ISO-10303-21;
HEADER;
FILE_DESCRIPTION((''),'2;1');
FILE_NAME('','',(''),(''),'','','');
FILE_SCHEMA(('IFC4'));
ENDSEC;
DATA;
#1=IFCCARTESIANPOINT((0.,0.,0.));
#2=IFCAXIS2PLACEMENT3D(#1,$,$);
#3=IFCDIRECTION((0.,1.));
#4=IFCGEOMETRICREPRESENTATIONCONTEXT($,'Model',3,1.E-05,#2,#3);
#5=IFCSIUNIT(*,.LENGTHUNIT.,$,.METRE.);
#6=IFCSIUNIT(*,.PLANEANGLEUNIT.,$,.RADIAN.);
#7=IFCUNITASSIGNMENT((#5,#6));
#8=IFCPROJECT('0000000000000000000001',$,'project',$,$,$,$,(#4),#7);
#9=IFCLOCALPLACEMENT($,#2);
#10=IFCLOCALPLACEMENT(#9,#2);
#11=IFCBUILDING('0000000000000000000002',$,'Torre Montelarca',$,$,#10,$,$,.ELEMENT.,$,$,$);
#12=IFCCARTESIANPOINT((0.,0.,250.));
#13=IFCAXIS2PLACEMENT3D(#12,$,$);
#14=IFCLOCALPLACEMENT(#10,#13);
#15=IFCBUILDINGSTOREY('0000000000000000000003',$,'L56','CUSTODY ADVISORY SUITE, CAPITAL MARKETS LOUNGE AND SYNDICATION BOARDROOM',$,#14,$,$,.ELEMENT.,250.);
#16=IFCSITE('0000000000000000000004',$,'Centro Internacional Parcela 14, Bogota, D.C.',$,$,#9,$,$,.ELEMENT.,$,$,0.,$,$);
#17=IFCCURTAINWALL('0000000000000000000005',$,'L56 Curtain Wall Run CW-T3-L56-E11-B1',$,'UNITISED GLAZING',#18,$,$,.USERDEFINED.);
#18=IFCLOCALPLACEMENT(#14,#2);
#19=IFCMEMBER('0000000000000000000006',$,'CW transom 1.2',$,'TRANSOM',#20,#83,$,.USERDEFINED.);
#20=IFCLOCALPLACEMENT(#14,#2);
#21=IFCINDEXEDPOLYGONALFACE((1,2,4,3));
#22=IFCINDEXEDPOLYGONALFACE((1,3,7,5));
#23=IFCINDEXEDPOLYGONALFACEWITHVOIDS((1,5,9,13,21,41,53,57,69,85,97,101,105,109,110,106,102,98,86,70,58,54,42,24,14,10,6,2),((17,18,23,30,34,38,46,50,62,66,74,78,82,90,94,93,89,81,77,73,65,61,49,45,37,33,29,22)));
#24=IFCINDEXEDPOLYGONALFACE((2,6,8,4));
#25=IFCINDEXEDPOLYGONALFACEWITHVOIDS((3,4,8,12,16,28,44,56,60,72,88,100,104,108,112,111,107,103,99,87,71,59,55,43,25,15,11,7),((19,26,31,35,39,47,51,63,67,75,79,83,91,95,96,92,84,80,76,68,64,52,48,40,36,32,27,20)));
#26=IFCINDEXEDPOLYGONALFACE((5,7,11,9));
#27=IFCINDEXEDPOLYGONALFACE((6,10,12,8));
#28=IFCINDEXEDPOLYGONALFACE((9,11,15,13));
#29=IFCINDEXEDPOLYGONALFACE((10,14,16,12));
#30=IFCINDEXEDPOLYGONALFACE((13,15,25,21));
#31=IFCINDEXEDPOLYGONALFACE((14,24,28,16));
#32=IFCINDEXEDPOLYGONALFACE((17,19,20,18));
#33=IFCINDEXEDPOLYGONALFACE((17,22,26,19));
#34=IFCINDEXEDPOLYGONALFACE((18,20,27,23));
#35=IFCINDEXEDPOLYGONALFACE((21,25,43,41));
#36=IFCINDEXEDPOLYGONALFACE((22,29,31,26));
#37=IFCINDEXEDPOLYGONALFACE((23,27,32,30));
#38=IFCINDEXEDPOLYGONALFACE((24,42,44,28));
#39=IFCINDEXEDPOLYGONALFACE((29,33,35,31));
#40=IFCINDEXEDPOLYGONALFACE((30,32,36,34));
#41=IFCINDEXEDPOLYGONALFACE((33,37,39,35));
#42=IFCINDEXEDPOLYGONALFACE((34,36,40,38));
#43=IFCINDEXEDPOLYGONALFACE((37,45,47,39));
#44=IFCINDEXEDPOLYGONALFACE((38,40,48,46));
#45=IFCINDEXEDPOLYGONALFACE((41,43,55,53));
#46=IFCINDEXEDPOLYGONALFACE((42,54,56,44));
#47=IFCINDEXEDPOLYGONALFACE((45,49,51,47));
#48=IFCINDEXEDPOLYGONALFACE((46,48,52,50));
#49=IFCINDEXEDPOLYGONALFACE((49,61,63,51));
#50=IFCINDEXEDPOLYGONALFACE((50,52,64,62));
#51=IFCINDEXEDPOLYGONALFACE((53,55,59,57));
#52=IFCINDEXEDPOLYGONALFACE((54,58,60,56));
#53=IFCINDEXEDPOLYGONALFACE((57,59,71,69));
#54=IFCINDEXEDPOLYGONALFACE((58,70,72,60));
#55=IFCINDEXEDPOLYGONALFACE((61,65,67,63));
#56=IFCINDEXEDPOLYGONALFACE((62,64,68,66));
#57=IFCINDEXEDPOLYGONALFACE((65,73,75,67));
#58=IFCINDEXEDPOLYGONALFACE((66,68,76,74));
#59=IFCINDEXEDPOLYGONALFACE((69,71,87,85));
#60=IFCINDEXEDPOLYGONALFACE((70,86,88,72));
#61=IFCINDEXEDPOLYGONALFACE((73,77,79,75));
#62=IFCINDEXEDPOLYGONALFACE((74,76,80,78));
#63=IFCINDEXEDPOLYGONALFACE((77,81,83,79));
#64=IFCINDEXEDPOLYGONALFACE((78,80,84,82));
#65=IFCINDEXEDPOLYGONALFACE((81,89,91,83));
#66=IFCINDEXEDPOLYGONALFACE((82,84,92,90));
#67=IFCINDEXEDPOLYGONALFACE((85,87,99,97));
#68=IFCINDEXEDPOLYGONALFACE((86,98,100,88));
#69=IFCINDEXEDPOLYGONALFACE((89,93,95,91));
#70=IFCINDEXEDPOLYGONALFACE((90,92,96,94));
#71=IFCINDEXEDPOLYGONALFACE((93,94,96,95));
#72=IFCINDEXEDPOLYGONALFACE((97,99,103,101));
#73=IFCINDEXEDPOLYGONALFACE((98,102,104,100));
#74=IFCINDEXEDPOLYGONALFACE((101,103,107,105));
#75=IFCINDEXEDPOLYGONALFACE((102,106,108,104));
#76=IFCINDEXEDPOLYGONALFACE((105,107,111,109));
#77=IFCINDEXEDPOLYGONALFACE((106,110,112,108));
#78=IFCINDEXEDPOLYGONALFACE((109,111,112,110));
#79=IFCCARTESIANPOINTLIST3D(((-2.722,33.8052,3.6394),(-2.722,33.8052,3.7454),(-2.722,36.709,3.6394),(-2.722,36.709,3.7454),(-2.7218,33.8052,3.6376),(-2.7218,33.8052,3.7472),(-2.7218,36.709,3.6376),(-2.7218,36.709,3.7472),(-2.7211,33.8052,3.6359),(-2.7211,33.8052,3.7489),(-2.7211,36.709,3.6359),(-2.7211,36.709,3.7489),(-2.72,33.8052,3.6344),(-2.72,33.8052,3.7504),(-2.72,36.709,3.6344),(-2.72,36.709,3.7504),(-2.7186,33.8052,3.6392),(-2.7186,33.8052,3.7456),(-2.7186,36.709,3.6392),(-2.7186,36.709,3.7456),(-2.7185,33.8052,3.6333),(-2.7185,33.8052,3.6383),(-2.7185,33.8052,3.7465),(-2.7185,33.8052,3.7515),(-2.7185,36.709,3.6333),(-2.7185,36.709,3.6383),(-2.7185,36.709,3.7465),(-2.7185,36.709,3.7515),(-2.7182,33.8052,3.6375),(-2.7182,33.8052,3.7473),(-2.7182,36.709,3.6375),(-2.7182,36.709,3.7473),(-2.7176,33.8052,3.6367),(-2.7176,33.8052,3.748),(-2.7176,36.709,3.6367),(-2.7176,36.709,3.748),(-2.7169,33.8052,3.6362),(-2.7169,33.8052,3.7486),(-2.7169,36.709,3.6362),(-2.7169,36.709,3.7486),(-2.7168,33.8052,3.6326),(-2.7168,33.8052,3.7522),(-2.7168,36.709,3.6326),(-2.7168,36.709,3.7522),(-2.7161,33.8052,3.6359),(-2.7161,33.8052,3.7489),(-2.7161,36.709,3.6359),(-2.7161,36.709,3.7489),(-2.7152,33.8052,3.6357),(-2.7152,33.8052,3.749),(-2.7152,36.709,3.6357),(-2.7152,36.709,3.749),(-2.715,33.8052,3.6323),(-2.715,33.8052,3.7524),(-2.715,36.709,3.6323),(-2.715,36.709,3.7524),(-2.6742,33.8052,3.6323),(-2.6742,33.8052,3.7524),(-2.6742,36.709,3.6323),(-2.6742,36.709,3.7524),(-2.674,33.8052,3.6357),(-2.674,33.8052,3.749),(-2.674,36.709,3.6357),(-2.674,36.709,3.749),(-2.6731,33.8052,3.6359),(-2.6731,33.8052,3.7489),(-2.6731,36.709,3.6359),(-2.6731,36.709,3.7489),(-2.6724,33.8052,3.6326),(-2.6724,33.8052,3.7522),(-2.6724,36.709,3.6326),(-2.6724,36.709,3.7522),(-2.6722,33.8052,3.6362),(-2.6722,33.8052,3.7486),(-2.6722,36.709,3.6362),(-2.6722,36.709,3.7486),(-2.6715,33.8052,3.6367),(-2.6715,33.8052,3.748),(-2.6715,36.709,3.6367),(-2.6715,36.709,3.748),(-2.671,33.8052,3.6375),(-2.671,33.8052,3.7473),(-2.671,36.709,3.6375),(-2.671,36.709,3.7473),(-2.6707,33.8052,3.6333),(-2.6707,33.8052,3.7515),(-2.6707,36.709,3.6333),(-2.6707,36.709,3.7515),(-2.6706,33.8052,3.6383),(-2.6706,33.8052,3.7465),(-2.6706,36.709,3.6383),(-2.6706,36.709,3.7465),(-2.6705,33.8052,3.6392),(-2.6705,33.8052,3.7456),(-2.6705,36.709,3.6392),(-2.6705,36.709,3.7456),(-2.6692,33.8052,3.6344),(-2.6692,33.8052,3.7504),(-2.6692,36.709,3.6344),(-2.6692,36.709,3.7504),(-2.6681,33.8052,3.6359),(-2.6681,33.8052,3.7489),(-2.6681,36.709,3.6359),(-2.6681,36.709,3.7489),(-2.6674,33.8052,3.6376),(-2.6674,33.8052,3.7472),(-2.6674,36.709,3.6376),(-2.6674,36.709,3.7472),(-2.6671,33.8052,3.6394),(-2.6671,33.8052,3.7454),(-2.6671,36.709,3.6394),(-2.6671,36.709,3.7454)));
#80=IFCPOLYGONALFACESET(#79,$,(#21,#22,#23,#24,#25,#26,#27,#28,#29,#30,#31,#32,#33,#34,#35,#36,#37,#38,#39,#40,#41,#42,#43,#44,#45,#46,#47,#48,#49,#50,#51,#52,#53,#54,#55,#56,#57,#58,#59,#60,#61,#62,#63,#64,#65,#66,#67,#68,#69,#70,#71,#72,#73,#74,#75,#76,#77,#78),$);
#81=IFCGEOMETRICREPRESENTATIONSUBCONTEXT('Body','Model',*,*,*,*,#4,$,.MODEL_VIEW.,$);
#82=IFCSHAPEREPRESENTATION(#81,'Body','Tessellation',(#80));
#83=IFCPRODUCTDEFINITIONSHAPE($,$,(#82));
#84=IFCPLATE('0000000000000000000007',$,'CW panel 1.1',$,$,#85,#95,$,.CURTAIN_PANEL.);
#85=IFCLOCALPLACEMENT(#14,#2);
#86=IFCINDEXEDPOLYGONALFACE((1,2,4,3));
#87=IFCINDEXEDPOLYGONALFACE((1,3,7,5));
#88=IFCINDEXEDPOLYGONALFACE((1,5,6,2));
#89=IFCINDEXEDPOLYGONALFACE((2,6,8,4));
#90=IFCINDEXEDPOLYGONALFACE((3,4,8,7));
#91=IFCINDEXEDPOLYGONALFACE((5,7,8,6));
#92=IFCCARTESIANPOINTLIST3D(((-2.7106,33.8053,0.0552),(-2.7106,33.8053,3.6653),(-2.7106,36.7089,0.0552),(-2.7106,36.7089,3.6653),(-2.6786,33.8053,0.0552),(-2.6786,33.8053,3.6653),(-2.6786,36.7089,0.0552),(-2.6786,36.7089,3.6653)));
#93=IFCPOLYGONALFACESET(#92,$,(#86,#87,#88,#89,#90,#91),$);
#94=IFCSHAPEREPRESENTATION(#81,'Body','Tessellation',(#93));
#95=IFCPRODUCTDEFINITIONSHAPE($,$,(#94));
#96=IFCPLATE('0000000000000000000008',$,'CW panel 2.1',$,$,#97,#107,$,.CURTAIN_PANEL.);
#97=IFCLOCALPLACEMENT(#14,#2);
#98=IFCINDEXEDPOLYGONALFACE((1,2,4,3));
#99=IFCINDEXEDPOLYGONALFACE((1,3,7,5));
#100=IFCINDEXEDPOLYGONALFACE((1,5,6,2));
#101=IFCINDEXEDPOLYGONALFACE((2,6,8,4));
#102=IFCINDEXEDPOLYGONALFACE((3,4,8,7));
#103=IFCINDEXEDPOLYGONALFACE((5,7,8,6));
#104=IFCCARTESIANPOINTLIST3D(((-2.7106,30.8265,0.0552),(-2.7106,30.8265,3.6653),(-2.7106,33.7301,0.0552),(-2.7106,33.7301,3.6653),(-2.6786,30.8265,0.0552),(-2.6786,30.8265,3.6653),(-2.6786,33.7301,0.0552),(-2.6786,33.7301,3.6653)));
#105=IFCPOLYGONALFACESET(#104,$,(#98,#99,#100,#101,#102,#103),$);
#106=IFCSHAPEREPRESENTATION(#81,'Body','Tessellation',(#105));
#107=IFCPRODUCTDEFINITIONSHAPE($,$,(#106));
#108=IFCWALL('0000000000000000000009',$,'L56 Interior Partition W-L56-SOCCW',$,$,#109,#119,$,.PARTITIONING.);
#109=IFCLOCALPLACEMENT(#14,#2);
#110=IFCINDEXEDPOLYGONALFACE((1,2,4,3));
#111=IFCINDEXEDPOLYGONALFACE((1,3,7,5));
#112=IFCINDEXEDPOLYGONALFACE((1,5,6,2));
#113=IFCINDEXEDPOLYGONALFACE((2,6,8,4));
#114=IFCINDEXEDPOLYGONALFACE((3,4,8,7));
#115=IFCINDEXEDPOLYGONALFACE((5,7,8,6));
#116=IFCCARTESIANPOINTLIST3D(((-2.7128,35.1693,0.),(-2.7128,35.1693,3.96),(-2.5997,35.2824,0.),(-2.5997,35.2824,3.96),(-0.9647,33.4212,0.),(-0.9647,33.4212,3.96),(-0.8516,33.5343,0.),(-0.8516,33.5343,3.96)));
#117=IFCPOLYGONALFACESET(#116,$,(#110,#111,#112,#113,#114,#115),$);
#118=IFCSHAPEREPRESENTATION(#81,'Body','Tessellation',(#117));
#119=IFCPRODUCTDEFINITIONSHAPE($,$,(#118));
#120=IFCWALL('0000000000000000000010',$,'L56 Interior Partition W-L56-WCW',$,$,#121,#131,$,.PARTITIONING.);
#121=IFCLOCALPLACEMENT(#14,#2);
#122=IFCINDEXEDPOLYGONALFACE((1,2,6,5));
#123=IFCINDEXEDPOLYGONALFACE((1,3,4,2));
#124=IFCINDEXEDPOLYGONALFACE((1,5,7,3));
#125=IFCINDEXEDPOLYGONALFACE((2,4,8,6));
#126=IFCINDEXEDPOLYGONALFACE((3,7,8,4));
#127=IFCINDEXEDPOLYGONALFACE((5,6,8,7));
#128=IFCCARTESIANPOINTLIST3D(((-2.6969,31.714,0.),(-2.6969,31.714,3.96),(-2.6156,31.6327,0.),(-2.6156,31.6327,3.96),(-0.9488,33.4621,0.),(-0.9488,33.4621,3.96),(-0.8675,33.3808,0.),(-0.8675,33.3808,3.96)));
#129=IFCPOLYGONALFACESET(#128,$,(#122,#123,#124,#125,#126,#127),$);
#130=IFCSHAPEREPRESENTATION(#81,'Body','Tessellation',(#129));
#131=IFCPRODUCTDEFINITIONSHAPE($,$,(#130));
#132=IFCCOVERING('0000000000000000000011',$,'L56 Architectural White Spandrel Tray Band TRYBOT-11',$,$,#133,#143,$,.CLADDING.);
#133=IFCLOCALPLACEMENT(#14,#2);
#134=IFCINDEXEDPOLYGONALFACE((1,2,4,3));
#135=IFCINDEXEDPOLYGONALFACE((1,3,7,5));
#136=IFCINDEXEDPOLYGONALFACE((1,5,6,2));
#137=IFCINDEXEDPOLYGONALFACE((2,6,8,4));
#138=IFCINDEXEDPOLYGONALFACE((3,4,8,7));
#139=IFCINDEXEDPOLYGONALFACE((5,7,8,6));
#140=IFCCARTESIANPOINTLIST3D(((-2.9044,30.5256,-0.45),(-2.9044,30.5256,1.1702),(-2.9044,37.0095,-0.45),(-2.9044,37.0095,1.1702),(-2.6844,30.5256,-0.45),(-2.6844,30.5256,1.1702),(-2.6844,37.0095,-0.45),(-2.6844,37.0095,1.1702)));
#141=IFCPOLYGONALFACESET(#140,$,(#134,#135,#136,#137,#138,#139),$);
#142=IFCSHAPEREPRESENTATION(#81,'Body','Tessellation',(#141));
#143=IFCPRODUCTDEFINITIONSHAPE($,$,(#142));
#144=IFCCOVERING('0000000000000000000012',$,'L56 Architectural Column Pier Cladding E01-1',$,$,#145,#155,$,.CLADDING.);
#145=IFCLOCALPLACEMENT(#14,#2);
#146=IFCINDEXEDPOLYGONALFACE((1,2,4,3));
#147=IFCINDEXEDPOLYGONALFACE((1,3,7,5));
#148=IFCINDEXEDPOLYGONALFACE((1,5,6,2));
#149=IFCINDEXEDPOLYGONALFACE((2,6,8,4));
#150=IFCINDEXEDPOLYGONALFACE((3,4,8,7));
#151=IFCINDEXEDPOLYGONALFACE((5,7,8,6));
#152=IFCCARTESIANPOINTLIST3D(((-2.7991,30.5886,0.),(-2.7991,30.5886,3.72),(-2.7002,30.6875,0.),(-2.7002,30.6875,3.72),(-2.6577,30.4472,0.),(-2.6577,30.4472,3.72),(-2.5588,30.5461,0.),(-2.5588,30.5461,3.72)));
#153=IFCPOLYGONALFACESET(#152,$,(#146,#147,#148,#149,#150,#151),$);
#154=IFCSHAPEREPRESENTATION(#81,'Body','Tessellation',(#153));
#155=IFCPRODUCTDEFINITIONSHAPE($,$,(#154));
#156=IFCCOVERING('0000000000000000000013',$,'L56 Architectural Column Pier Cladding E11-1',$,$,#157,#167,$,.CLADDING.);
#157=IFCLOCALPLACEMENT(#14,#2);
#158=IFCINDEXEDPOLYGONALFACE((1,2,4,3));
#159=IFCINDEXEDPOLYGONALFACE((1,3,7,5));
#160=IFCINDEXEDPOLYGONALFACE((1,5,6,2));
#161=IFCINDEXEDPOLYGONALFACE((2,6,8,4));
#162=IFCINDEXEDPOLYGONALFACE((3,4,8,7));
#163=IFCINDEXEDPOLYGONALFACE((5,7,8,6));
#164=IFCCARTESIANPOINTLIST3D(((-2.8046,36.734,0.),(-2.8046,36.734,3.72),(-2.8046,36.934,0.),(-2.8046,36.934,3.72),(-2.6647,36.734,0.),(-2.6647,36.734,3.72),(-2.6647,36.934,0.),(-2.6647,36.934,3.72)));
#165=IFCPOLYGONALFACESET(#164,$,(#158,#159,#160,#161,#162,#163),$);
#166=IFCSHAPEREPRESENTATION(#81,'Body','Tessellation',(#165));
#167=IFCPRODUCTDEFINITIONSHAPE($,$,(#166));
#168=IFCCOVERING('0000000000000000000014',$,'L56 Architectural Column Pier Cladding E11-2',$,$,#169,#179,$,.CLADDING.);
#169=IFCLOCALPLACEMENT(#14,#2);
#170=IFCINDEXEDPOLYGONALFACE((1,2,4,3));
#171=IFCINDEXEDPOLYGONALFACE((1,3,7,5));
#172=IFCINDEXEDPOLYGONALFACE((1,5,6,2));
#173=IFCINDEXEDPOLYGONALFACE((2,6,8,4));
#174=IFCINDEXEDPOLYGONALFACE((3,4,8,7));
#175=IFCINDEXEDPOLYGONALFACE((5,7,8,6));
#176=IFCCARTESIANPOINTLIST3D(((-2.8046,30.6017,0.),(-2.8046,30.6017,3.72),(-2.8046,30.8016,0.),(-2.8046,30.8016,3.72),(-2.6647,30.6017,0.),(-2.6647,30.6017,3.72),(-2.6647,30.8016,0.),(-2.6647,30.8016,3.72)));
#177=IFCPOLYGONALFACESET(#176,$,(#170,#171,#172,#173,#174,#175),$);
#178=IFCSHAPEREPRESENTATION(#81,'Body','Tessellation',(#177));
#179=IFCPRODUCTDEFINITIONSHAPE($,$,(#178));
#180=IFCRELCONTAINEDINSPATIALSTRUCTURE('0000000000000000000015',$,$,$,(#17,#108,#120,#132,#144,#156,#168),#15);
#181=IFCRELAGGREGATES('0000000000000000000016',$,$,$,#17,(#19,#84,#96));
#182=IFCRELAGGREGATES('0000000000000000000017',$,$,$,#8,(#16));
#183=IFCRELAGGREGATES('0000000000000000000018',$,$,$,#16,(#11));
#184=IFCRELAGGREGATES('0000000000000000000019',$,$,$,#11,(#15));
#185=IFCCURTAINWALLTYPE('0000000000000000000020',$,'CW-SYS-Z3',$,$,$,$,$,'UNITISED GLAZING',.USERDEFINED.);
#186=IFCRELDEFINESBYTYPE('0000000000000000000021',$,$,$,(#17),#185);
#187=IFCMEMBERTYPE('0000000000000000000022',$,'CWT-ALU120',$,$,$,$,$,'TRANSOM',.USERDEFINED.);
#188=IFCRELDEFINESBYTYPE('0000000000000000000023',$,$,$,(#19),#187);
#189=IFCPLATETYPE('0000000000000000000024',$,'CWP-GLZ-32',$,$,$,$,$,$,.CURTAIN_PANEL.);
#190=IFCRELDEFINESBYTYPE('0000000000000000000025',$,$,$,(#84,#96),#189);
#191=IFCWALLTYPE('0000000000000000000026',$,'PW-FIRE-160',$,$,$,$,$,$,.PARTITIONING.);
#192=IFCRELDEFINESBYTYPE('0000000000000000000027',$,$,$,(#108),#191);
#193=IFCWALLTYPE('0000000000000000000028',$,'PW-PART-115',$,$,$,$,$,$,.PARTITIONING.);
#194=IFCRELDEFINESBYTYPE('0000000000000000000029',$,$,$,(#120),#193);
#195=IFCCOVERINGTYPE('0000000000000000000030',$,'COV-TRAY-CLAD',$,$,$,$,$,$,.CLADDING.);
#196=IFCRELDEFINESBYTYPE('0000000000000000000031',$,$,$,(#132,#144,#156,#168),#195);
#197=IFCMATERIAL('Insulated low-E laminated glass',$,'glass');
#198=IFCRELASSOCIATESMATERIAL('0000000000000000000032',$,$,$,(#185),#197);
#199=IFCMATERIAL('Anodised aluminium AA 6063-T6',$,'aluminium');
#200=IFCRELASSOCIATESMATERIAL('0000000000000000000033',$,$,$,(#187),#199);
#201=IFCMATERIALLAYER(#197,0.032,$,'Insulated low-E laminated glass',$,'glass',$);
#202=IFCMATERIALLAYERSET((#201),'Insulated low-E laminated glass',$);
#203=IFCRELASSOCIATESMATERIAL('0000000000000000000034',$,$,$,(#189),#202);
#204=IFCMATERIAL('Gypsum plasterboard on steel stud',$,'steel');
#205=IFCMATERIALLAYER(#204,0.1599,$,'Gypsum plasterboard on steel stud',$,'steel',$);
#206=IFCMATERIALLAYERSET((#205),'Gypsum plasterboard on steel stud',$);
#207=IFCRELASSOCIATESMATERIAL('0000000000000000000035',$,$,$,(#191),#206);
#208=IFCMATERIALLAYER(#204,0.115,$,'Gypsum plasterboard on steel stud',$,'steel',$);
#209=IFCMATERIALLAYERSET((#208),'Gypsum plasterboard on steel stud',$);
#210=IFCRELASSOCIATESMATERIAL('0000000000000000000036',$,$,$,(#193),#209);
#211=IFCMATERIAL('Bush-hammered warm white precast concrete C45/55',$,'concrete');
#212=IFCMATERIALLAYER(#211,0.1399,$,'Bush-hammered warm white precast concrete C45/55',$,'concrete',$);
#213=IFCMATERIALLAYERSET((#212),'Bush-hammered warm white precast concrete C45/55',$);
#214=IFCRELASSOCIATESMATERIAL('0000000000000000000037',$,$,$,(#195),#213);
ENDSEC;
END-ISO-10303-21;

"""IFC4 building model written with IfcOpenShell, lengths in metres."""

from ifc_helpers import new_model, si_unit, direction, frame, frame_2d, origin, origin_2d, place, context, subcontext, project, spatial, rectangle, hollow_rectangle, extrude, source, transform, mapped, material, layer, layer_set, material_profile, profile_set, type_object, element, aggregate, save


model = new_model("IFC4")

# Units and contexts
model_context = context("Model", 3, precision=1e-05, world=origin(), true_north=direction((0.0, 1.0)))
body_context = subcontext(model_context, "Body", "Model", "MODEL_VIEW")
ifc_project = project(units=[si_unit("LENGTHUNIT", "METRE"), si_unit("PLANEANGLEUNIT", "RADIAN")], contexts=[model_context])

# Site, building, storey
site_placement = place(None, origin())
site = spatial("IfcSite", under=ifc_project, at=site_placement, Name="Centro Internacional Parcela 14, Bogota, D.C.", CompositionType="ELEMENT", RefElevation=0.0)
building_placement = place(site_placement, origin())
building = spatial("IfcBuilding", under=site, at=building_placement, Name="Torre Montelarca", CompositionType="ELEMENT")
storey_placement = place(building_placement, frame((0.0, 0.0, 250.0)))
storey = spatial("IfcBuildingStorey", under=building, at=storey_placement, Name="L56", Description="CUSTODY ADVISORY SUITE, CAPITAL MARKETS LOUNGE AND SYNDICATION BOARDROOM", CompositionType="ELEMENT", Elevation=250.0)

# Curtain wall, member, plates
ifc_material_1 = material(Name="Insulated low-E laminated glass", Category="glass")
curtain_wall_type = type_object("IfcCurtainWallType", Name="CW-SYS-Z3", ElementType="UNITISED GLAZING", PredefinedType="USERDEFINED", material=ifc_material_1)
curtain_wall_placement = place(storey_placement, origin())
curtain_wall = element("IfcCurtainWall", 1, at=curtain_wall_placement, inside=storey, type_object=curtain_wall_type, Name="L56 Curtain Wall Run CW-T3-L56-E11-B1", ObjectType="UNITISED GLAZING", PredefinedType="USERDEFINED")
ifc_material_2 = material(Name="Anodised aluminium AA 6063-T6", Category="aluminium")
ifc_material_profile_1 = material_profile(ifc_material_2, hollow_rectangle(XDim=0.0549, YDim=0.1201, WallThickness=0.0034, InnerFilletRadius=0.0034, OuterFilletRadius=0.0071, at=origin_2d()), Name="ALU55X120X3.5", Category="aluminium")
ifc_profile_set_1 = profile_set([ifc_material_profile_1], Name="Anodised aluminium AA 6063-T6")
member_type_1 = type_object("IfcMemberType", Name="CWT-ALU120", ElementType="TRANSOM", PredefinedType="USERDEFINED", material=ifc_profile_set_1)
shared_shape_1 = source(origin(), body_context, "Body", "SweptSolid", [
    extrude(hollow_rectangle(XDim=0.0549, YDim=0.1201, WallThickness=0.0034, InnerFilletRadius=0.0034, OuterFilletRadius=0.0071, at=origin_2d()), origin(), (0.0, 0.0, 1.0), 2.9038),
])
member_1_placement = place(storey_placement, frame((-2.6946, 36.709, 3.6924), z_axis=(0.0, -1.0, 0.0), x_axis=(1.0, 0.0, 0.0)))
member_1 = element("IfcMember", 2, at=member_1_placement, type_object=member_type_1, Name="CW transom 1.2", ObjectType="TRANSOM", PredefinedType="USERDEFINED", context=body_context, shape_type="MappedRepresentation", body=[
    mapped(shared_shape_1, transform((0.0, 0.0, 0.0), scale=1.0)),
])
ifc_layer_1 = layer(ifc_material_1, 0.032, Name="Insulated low-E laminated glass", Category="glass")
ifc_layer_set_1 = layer_set([ifc_layer_1], Name="Insulated low-E laminated glass")
plate_type = type_object("IfcPlateType", Name="CWP-GLZ-32", PredefinedType="CURTAIN_PANEL", material=ifc_layer_set_1)
shared_shape_2 = source(origin(), body_context, "Body", "SweptSolid", [
    extrude(rectangle(XDim=2.9036, YDim=0.032, at=origin_2d()), origin(), (0.0, 0.0, 1.0), 3.6101),
])
plate_1_placement = place(storey_placement, frame((-2.6946, 35.2571, 0.0552), z_axis=(0.0, 0.0, 1.0), x_axis=(0.0, -1.0, 0.0)))
plate_1 = element("IfcPlate", 3, at=plate_1_placement, type_object=plate_type, Name="CW panel 1.1", PredefinedType="CURTAIN_PANEL", context=body_context, shape_type="MappedRepresentation", body=[
    mapped(shared_shape_2, transform((0.0, 0.0, 0.0), scale=1.0)),
])
plate_2_placement = place(storey_placement, frame((-2.6946, 32.2783, 0.0552), z_axis=(0.0, 0.0, 1.0), x_axis=(0.0, -1.0, 0.0)))
plate_2 = element("IfcPlate", 4, at=plate_2_placement, type_object=plate_type, Name="CW panel 2.1", PredefinedType="CURTAIN_PANEL", context=body_context, shape_type="MappedRepresentation", body=[
    mapped(shared_shape_2, transform((0.0, 0.0, 0.0), scale=1.0)),
])
aggregate(curtain_wall, [member_1, plate_1, plate_2])

# Walls
ifc_material_3 = material(Name="Gypsum plasterboard on steel stud", Category="steel")
ifc_layer_2 = layer(ifc_material_3, 0.1599, Name="Gypsum plasterboard on steel stud", Category="steel")
ifc_layer_set_2 = layer_set([ifc_layer_2], Name="Gypsum plasterboard on steel stud")
wall_type_1 = type_object("IfcWallType", Name="PW-FIRE-160", PredefinedType="PARTITIONING", material=ifc_layer_set_2)
wall_1_placement = place(storey_placement, frame((-2.6562, 35.2258, 0.0), z_axis=(0.0, 0.0, 1.0), x_axis=(0.707107, -0.707107, 0.0)))
element("IfcWall", 5, at=wall_1_placement, inside=storey, type_object=wall_type_1, Name="L56 Interior Partition W-L56-SOCCW", PredefinedType="PARTITIONING", context=body_context, shape_type="SweptSolid", body=[
    extrude(rectangle(XDim=2.4722, YDim=0.1599, at=frame_2d((1.2361, 0.0))), origin(), (0.0, 0.0, 1.0), 3.96),
])
ifc_layer_3 = layer(ifc_material_3, 0.115, Name="Gypsum plasterboard on steel stud", Category="steel")
ifc_layer_set_3 = layer_set([ifc_layer_3], Name="Gypsum plasterboard on steel stud")
wall_type_2 = type_object("IfcWallType", Name="PW-PART-115", PredefinedType="PARTITIONING", material=ifc_layer_set_3)
wall_2_placement = place(storey_placement, frame((-2.6562, 31.6733, 0.0), z_axis=(0.0, 0.0, 1.0), x_axis=(0.707107, 0.707107, 0.0)))
element("IfcWall", 6, at=wall_2_placement, inside=storey, type_object=wall_type_2, Name="L56 Interior Partition W-L56-WCW", PredefinedType="PARTITIONING", context=body_context, shape_type="SweptSolid", body=[
    extrude(rectangle(XDim=2.4722, YDim=0.115, at=frame_2d((1.2361, 0.0))), origin(), (0.0, 0.0, 1.0), 3.96),
])

# Coverings
ifc_material_4 = material(Name="Bush-hammered warm white precast concrete C45/55", Category="concrete")
ifc_layer_4 = layer(ifc_material_4, 0.1399, Name="Bush-hammered warm white precast concrete C45/55", Category="concrete")
ifc_layer_set_4 = layer_set([ifc_layer_4], Name="Bush-hammered warm white precast concrete C45/55")
covering_type = type_object("IfcCoveringType", Name="COV-TRAY-CLAD", PredefinedType="CLADDING", material=ifc_layer_set_4)
shared_shape_3 = source(origin(), body_context, "Body", "SweptSolid", [
    extrude(rectangle(XDim=6.4839, YDim=0.22, at=origin_2d()), origin(), (0.0, 0.0, 1.0), 1.6201),
])
covering_placement = place(storey_placement, frame((-2.7944, 33.7676, -0.45), z_axis=(0.0, 0.0, 1.0), x_axis=(0.0, -1.0, 0.0)))
element("IfcCovering", 7, at=covering_placement, inside=storey, type_object=covering_type, Name="L56 Architectural White Spandrel Tray Band TRYBOT-11", PredefinedType="CLADDING", context=body_context, shape_type="MappedRepresentation", body=[
    mapped(shared_shape_3, transform((0.0, 0.0, 0.0), scale=1.0)),
])
shared_shape_4 = source(origin(), body_context, "Body", "SweptSolid", [
    extrude(rectangle(XDim=0.2, YDim=0.1399, at=origin_2d()), origin(), (0.0, 0.0, 1.0), 3.72),
])
for number, where, z_axis, x_axis, name in (
    (8, (-2.679, 30.5674, 0.0), (0.0, 0.0, 1.0), (0.707107, -0.707107, 0.0), "L56 Architectural Column Pier Cladding E01-1"),
    (9, (-2.7346, 36.834, 0.0), (0.0, 0.0, 1.0), (0.0, -1.0, 0.0), "L56 Architectural Column Pier Cladding E11-1"),
    (10, (-2.7346, 30.7017, 0.0), (0.0, 0.0, 1.0), (0.0, -1.0, 0.0), "L56 Architectural Column Pier Cladding E11-2"),
):
    element("IfcCovering", number, at=place(storey_placement, frame(where, z_axis=z_axis, x_axis=x_axis)), inside=storey, type_object=covering_type, Name=name, PredefinedType="CLADDING", context=body_context, shape_type="MappedRepresentation", body=[
        mapped(shared_shape_4, transform((0.0, 0.0, 0.0), scale=1.0)),
    ])

save(model, "model.ifc")
